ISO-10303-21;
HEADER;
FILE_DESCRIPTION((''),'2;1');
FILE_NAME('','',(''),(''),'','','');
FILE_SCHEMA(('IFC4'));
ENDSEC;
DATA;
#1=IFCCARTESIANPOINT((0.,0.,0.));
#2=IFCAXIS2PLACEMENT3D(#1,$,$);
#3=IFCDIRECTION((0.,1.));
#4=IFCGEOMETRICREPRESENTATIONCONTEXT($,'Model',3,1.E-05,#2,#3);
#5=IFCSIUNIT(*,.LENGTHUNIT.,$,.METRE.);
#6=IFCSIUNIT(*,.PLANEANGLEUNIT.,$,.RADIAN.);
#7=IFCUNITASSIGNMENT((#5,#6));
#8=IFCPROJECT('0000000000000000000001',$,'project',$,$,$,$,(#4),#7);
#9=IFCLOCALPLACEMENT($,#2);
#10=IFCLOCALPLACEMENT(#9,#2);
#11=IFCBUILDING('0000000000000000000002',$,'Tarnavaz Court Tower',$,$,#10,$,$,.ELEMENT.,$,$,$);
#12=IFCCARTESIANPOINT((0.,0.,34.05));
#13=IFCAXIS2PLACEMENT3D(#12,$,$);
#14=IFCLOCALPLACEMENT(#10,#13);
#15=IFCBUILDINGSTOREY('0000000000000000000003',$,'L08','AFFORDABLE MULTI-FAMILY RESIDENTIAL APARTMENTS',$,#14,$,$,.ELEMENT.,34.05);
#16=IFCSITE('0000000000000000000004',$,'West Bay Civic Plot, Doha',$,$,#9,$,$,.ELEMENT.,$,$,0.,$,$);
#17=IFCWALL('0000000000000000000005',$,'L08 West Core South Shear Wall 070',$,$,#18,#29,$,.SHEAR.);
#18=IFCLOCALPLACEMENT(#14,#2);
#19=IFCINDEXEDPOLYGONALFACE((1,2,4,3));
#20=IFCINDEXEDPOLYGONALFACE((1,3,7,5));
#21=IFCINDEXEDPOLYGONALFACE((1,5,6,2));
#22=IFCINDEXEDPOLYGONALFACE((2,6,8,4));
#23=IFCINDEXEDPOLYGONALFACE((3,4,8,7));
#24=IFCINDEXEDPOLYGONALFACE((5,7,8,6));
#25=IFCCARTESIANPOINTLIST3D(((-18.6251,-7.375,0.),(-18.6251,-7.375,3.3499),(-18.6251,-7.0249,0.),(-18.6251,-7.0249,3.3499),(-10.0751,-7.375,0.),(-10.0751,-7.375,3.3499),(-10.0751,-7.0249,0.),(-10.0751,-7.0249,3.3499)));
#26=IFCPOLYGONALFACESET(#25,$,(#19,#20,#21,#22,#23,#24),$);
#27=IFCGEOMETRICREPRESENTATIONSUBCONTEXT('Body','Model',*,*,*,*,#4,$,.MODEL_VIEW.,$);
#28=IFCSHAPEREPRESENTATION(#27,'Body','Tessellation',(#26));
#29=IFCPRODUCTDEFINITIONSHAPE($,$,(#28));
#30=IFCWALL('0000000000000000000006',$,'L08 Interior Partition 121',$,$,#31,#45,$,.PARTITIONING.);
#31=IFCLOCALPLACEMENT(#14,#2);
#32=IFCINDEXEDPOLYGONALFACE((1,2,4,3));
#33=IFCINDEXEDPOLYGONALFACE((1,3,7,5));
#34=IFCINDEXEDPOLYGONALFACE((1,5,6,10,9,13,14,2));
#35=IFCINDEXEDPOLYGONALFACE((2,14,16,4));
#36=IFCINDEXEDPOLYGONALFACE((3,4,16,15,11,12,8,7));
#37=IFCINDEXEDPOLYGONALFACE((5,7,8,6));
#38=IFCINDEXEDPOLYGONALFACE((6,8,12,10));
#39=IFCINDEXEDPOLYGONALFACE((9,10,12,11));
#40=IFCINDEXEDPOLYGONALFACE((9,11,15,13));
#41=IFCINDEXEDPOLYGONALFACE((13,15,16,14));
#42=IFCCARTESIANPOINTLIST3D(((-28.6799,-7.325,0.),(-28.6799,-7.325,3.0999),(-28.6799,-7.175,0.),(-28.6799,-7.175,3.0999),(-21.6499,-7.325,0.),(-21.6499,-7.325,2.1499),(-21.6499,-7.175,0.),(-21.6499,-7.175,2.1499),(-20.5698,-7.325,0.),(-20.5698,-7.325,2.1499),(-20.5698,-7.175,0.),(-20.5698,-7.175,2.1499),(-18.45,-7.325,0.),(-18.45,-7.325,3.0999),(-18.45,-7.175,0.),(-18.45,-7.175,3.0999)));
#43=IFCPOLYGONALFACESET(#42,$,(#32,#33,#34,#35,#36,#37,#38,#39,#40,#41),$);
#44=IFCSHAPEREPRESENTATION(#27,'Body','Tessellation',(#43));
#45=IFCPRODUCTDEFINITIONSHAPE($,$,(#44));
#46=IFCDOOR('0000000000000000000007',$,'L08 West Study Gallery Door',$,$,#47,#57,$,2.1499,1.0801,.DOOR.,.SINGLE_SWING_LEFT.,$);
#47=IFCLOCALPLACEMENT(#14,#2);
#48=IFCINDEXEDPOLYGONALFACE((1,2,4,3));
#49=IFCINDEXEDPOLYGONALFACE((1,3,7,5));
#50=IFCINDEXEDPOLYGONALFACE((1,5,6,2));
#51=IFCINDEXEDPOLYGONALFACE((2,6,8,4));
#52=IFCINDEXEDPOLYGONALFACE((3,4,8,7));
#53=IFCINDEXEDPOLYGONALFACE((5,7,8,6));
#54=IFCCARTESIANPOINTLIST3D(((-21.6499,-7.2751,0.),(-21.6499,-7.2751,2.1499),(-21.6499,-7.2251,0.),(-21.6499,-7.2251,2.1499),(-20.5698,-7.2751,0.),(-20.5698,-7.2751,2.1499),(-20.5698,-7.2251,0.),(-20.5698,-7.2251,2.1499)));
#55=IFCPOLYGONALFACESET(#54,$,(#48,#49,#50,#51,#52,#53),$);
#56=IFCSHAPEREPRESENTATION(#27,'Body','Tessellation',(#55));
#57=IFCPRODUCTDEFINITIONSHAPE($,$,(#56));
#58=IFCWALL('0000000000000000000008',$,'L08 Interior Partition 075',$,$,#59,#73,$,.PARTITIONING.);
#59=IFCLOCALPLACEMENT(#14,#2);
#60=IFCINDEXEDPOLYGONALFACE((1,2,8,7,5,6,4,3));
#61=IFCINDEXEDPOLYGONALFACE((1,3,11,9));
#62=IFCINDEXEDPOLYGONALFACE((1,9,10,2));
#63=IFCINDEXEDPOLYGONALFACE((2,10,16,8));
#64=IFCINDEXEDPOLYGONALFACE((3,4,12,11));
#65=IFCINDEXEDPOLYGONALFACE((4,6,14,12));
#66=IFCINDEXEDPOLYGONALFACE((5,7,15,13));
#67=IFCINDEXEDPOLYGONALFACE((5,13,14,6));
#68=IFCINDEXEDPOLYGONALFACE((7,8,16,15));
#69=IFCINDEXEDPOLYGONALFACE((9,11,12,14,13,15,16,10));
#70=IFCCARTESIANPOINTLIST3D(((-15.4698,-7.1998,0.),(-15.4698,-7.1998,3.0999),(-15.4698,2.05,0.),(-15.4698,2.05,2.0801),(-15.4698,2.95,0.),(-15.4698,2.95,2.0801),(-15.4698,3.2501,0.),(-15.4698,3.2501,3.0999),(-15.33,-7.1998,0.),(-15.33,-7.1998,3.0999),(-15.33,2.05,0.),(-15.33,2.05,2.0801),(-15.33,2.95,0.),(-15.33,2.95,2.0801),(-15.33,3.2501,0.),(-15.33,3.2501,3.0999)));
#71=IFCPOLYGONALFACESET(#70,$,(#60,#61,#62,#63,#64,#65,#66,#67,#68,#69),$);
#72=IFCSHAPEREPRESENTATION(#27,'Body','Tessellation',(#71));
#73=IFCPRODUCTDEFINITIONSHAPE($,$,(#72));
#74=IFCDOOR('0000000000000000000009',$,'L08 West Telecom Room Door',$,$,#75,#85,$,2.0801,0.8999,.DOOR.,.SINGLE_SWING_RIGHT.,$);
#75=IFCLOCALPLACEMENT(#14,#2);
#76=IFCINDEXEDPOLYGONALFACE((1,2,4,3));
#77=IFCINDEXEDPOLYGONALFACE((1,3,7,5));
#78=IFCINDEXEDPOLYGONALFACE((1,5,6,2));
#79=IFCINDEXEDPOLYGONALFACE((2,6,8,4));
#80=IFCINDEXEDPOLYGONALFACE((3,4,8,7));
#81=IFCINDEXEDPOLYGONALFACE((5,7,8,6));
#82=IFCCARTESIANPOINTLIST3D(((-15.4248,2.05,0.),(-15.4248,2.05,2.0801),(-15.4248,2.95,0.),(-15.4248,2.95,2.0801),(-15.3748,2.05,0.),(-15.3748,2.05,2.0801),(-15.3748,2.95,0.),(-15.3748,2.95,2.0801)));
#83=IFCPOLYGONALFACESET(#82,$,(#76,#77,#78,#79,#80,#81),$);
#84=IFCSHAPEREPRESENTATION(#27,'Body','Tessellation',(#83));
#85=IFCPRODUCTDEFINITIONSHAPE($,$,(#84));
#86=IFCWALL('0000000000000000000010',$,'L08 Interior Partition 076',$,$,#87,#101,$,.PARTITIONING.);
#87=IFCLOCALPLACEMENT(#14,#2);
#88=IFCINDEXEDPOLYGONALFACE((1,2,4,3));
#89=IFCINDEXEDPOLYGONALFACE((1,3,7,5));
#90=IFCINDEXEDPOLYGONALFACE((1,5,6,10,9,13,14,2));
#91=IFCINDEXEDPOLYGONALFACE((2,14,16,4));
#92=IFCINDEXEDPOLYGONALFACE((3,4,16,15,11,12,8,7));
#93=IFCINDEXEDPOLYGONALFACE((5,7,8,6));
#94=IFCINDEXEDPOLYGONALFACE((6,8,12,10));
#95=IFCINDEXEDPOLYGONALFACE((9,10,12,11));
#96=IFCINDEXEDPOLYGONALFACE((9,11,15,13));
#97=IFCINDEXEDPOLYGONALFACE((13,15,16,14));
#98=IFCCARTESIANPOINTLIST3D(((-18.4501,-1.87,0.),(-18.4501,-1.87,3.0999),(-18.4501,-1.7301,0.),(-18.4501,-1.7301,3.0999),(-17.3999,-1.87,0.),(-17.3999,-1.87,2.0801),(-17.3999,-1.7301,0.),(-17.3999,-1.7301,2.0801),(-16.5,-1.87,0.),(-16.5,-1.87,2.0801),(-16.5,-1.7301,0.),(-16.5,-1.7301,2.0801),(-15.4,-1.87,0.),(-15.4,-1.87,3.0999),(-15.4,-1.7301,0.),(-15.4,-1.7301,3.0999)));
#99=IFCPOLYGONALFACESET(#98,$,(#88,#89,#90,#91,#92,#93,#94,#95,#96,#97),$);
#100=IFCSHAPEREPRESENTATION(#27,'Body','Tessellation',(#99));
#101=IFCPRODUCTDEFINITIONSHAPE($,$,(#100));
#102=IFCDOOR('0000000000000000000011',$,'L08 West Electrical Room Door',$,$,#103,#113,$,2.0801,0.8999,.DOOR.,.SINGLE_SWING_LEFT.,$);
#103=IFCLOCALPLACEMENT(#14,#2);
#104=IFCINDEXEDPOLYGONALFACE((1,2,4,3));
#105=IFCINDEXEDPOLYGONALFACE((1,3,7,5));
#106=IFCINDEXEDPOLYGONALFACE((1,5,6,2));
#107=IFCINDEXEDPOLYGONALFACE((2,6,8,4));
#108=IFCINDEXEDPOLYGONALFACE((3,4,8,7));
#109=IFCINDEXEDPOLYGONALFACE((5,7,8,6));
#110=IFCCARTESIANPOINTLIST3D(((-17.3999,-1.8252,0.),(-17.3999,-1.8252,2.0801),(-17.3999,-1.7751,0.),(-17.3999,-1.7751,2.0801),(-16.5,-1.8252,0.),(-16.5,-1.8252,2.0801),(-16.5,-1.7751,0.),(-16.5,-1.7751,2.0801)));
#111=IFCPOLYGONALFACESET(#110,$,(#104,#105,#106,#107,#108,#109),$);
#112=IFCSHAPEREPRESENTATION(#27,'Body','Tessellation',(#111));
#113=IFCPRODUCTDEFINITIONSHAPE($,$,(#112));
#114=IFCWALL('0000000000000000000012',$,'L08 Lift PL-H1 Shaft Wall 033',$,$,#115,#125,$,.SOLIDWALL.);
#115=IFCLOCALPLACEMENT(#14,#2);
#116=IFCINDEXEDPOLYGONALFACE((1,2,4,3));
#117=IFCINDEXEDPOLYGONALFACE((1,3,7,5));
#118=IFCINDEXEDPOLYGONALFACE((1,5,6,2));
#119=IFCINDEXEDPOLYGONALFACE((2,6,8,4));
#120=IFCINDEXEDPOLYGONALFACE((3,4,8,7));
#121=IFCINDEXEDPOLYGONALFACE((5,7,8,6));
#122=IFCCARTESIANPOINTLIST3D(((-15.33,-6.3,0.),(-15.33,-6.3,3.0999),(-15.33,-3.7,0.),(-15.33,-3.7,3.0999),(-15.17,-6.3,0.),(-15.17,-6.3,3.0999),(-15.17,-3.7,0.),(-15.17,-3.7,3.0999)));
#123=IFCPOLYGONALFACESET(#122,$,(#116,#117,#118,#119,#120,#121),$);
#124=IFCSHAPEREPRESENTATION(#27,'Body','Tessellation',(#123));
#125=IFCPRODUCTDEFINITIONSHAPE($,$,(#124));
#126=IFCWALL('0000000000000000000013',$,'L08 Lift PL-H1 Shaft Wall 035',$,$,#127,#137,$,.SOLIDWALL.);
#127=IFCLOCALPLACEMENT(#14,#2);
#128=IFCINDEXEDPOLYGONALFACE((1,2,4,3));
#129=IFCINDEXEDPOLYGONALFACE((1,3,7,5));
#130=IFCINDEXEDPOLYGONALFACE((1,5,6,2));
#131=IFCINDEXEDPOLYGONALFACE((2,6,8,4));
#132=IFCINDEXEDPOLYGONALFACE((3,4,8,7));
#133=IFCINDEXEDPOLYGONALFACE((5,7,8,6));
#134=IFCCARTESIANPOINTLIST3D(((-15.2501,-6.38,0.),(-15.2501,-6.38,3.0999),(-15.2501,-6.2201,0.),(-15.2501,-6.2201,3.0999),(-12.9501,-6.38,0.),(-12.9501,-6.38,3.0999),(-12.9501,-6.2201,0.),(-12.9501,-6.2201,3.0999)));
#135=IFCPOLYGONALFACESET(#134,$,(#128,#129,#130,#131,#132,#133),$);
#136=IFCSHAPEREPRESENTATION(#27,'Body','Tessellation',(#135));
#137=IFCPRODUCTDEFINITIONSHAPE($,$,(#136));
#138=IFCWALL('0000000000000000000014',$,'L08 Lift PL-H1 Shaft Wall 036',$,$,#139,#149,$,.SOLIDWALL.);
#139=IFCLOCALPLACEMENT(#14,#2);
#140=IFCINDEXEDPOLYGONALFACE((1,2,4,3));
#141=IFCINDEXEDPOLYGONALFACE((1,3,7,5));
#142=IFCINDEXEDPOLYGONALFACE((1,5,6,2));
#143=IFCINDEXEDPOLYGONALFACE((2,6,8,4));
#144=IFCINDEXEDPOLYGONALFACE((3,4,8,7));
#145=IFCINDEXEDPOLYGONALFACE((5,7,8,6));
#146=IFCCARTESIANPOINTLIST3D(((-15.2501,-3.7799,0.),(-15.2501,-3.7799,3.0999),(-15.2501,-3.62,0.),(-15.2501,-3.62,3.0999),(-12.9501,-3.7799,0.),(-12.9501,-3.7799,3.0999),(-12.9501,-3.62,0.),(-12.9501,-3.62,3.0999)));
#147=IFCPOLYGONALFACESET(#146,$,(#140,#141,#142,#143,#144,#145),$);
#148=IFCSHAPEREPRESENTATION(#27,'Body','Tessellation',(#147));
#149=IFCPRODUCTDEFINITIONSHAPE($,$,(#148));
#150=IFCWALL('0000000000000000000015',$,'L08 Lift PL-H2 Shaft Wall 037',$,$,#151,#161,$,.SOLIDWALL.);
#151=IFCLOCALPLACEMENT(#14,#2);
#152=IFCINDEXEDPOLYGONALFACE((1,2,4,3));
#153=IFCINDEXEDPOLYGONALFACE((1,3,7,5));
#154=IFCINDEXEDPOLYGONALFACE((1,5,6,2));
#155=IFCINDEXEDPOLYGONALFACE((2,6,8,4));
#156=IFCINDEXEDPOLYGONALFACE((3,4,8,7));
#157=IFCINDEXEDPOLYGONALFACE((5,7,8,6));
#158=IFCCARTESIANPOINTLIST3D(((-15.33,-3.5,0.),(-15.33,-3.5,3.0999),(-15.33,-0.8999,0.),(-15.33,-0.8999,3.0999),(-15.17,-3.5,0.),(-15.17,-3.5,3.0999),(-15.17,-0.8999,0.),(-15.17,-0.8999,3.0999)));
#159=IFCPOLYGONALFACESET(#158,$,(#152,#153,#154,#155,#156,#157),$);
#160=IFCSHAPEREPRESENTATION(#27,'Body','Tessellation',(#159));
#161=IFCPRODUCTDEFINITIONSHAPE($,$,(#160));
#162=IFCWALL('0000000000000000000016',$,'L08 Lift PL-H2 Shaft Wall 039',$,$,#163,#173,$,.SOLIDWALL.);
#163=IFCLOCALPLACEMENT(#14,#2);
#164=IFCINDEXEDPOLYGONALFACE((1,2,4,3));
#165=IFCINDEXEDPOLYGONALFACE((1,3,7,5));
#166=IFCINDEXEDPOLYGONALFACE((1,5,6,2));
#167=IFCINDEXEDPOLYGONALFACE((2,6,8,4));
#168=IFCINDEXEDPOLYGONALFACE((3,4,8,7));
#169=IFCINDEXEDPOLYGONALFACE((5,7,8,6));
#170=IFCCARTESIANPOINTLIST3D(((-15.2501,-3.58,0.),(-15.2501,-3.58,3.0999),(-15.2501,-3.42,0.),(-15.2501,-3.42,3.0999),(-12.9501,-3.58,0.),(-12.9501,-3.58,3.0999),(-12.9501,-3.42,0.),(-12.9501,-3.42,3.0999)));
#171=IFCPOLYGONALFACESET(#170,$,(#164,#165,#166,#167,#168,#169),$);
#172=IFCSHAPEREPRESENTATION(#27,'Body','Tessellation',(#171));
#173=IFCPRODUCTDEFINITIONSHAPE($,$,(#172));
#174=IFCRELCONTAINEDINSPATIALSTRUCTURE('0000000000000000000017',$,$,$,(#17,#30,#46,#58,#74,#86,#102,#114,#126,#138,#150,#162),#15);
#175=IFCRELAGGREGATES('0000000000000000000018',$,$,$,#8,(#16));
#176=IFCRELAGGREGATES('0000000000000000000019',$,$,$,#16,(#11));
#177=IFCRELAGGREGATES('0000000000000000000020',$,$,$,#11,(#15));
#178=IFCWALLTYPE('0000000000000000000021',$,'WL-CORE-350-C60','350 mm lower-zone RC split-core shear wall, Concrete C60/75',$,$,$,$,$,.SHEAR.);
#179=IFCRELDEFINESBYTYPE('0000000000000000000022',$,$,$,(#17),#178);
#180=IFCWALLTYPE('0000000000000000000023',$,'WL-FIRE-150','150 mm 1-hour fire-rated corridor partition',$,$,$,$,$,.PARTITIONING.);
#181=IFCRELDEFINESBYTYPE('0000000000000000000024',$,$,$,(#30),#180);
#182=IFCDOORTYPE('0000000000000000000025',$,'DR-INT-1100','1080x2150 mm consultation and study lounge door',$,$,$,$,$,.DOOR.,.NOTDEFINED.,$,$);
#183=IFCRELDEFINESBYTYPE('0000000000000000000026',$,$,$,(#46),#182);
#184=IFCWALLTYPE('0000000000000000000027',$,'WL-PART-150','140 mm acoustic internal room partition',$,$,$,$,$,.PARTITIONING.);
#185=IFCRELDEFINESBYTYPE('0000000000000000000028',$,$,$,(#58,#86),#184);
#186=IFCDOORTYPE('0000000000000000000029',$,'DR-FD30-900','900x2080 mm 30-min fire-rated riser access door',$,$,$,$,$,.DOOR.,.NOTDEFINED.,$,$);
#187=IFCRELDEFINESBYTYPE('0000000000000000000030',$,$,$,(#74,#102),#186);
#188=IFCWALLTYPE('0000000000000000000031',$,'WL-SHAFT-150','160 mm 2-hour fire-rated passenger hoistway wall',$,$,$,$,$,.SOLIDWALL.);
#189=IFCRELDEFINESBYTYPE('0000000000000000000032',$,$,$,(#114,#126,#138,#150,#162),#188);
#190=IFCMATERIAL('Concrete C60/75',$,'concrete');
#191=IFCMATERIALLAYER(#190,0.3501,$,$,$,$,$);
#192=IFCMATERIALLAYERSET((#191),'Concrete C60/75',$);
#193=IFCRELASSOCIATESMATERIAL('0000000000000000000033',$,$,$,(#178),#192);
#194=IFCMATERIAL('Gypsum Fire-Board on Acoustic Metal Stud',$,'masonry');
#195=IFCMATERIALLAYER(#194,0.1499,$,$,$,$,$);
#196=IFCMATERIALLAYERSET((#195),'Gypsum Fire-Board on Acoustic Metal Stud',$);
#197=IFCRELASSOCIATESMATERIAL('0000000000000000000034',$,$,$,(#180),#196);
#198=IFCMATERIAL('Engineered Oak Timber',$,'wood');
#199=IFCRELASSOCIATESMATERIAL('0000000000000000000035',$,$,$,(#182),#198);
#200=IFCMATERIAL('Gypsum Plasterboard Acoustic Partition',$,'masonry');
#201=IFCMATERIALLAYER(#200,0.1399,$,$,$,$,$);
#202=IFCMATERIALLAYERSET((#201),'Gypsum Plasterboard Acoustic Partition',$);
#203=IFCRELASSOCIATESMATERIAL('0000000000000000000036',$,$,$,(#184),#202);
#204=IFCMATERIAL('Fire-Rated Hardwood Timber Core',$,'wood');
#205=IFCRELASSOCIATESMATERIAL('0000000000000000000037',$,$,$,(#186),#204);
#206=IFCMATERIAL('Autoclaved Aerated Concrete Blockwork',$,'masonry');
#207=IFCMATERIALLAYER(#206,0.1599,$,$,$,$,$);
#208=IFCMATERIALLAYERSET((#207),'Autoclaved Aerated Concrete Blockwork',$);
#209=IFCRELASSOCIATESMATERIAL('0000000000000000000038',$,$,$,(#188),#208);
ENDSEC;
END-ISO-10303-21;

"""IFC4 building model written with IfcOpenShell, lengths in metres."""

from ifc_helpers import new_model, si_unit, direction, frame, frame_2d, origin, place, context, subcontext, project, spatial, rectangle, extrude, material, layer, layer_set, type_object, element, fill, save


model = new_model("IFC4")

# Units and contexts
model_context = context("Model", 3, precision=1e-05, world=origin(), true_north=direction((0.0, 1.0)))
body_context = subcontext(model_context, "Body", "Model", "MODEL_VIEW")
ifc_project = project(units=[si_unit("LENGTHUNIT", "METRE"), si_unit("PLANEANGLEUNIT", "RADIAN")], contexts=[model_context])

# Site, building, storey
site_placement = place(None, origin())
site = spatial("IfcSite", under=ifc_project, at=site_placement, Name="West Bay Civic Plot, Doha", CompositionType="ELEMENT", RefElevation=0.0)
building_placement = place(site_placement, origin())
building = spatial("IfcBuilding", under=site, at=building_placement, Name="Tarnavaz Court Tower", CompositionType="ELEMENT")
storey_placement = place(building_placement, frame((0.0, 0.0, 34.05)))
storey = spatial("IfcBuildingStorey", under=building, at=storey_placement, Name="L08", Description="AFFORDABLE MULTI-FAMILY RESIDENTIAL APARTMENTS", CompositionType="ELEMENT", Elevation=34.05)

# Shared definitions
ifc_material_1 = material(Name="Concrete C60/75", Category="concrete")

# Wall
ifc_layer_1 = layer(ifc_material_1, 0.3501)
ifc_layer_set_1 = layer_set([ifc_layer_1], Name="Concrete C60/75")
wall_type_1 = type_object("IfcWallType", Name="WL-CORE-350-C60", Description="350 mm lower-zone RC split-core shear wall, Concrete C60/75", PredefinedType="SHEAR", material=ifc_layer_set_1)
wall_1_placement = place(storey_placement, frame((-18.625, -7.2, 0.0), z_axis=(0.0, 0.0, 1.0), x_axis=(1.0, 0.0, 0.0)))
element("IfcWall", 1, at=wall_1_placement, inside=storey, type_object=wall_type_1, Name="L08 West Core South Shear Wall 070", PredefinedType="SHEAR", context=body_context, shape_type="SweptSolid", body=[
    extrude(rectangle(XDim=8.55, YDim=0.3501, at=frame_2d((4.2749, 0.0))), origin(), (0.0, 0.0, 1.0), 3.3499),
])

# Walls, openings, doors
ifc_material_2 = material(Name="Gypsum Fire-Board on Acoustic Metal Stud", Category="masonry")
ifc_layer_2 = layer(ifc_material_2, 0.1499)
ifc_layer_set_2 = layer_set([ifc_layer_2], Name="Gypsum Fire-Board on Acoustic Metal Stud")
wall_type_2 = type_object("IfcWallType", Name="WL-FIRE-150", Description="150 mm 1-hour fire-rated corridor partition", PredefinedType="PARTITIONING", material=ifc_layer_set_2)
wall_2_placement = place(storey_placement, frame((-28.6799, -7.25, 0.0), z_axis=(0.0, 0.0, 1.0), x_axis=(1.0, 0.0, 0.0)))
wall_2 = element("IfcWall", 2, at=wall_2_placement, inside=storey, type_object=wall_type_2, Name="L08 Interior Partition 121", PredefinedType="PARTITIONING", context=body_context, shape_type="SweptSolid", body=[
    extrude(rectangle(XDim=10.23, YDim=0.1499, at=frame_2d((5.115, 0.0))), origin(), (0.0, 0.0, 1.0), 3.0999),
])
opening_1_placement = place(wall_2_placement, frame((7.03, 0.0, 0.0)))
opening_1 = element("IfcOpeningElement", 3, at=opening_1_placement, cuts=wall_2, PredefinedType="OPENING", context=body_context, shape_type="SweptSolid", body=[
    extrude(rectangle(XDim=1.0801, YDim=2.1499, at=frame_2d((0.54, 1.075))), frame((0.0, 0.085, 0.0), z_axis=(0.0, -1.0, 0.0), x_axis=(1.0, 0.0, 0.0)), (0.0, 0.0, 1.0), 0.1699),
])
ifc_material_3 = material(Name="Engineered Oak Timber", Category="wood")
door_type_1 = type_object("IfcDoorType", Name="DR-INT-1100", Description="1080x2150 mm consultation and study lounge door", OperationType="NOTDEFINED", PredefinedType="DOOR", material=ifc_material_3)
door_1_placement = place(opening_1_placement, origin())
door_1 = element("IfcDoor", 4, at=door_1_placement, inside=storey, type_object=door_type_1, Name="L08 West Study Gallery Door", OperationType="SINGLE_SWING_LEFT", OverallHeight=2.1499, OverallWidth=1.0801, PredefinedType="DOOR", context=body_context, shape_type="SweptSolid", body=[
    extrude(rectangle(XDim=1.0801, YDim=2.1499, at=frame_2d((0.54, 1.075))), frame((0.0, 0.0249, 0.0), z_axis=(0.0, -1.0, 0.0), x_axis=(1.0, 0.0, 0.0)), (0.0, 0.0, 1.0), 0.05),
])
fill(opening_1, door_1)
ifc_material_4 = material(Name="Gypsum Plasterboard Acoustic Partition", Category="masonry")
ifc_layer_3 = layer(ifc_material_4, 0.1399)
ifc_layer_set_3 = layer_set([ifc_layer_3], Name="Gypsum Plasterboard Acoustic Partition")
wall_type_3 = type_object("IfcWallType", Name="WL-PART-150", Description="140 mm acoustic internal room partition", PredefinedType="PARTITIONING", material=ifc_layer_set_3)
wall_3_placement = place(storey_placement, frame((-15.3999, -7.2, 0.0), z_axis=(0.0, 0.0, 1.0), x_axis=(0.0, 1.0, 0.0)))
wall_3 = element("IfcWall", 5, at=wall_3_placement, inside=storey, type_object=wall_type_3, Name="L08 Interior Partition 075", PredefinedType="PARTITIONING", context=body_context, shape_type="SweptSolid", body=[
    extrude(rectangle(XDim=10.45, YDim=0.1399, at=frame_2d((5.2251, 0.0))), origin(), (0.0, 0.0, 1.0), 3.0999),
])
opening_2_placement = place(wall_3_placement, frame((9.25, 0.0, 0.0)))
opening_2 = element("IfcOpeningElement", 6, at=opening_2_placement, cuts=wall_3, PredefinedType="OPENING", context=body_context, shape_type="SweptSolid", body=[
    extrude(rectangle(XDim=0.8999, YDim=2.0801, at=frame_2d((0.45, 1.04))), frame((0.0, 0.0798, 0.0), z_axis=(0.0, -1.0, 0.0), x_axis=(1.0, 0.0, 0.0)), (0.0, 0.0, 1.0), 0.1599),
])
ifc_material_5 = material(Name="Fire-Rated Hardwood Timber Core", Category="wood")
door_type_2 = type_object("IfcDoorType", Name="DR-FD30-900", Description="900x2080 mm 30-min fire-rated riser access door", OperationType="NOTDEFINED", PredefinedType="DOOR", material=ifc_material_5)
door_2_placement = place(opening_2_placement, origin())
door_2 = element("IfcDoor", 7, at=door_2_placement, inside=storey, type_object=door_type_2, Name="L08 West Telecom Room Door", OperationType="SINGLE_SWING_RIGHT", OverallHeight=2.0801, OverallWidth=0.8999, PredefinedType="DOOR", context=body_context, shape_type="SweptSolid", body=[
    extrude(rectangle(XDim=0.8999, YDim=2.0801, at=frame_2d((0.45, 1.04))), frame((0.0, 0.0249, 0.0), z_axis=(0.0, -1.0, 0.0), x_axis=(1.0, 0.0, 0.0)), (0.0, 0.0, 1.0), 0.05),
])
fill(opening_2, door_2)
wall_4_placement = place(storey_placement, frame((-18.45, -1.8, 0.0), z_axis=(0.0, 0.0, 1.0), x_axis=(1.0, 0.0, 0.0)))
wall_4 = element("IfcWall", 8, at=wall_4_placement, inside=storey, type_object=wall_type_3, Name="L08 Interior Partition 076", PredefinedType="PARTITIONING", context=body_context, shape_type="SweptSolid", body=[
    extrude(rectangle(XDim=3.05, YDim=0.1399, at=frame_2d((1.5249, 0.0))), origin(), (0.0, 0.0, 1.0), 3.0999),
])
opening_3_placement = place(wall_4_placement, frame((1.05, 0.0, 0.0)))
opening_3 = element("IfcOpeningElement", 9, at=opening_3_placement, cuts=wall_4, PredefinedType="OPENING", context=body_context, shape_type="SweptSolid", body=[
    extrude(rectangle(XDim=0.8999, YDim=2.0801, at=frame_2d((0.45, 1.04))), frame((0.0, 0.0798, 0.0), z_axis=(0.0, -1.0, 0.0), x_axis=(1.0, 0.0, 0.0)), (0.0, 0.0, 1.0), 0.1599),
])
door_3_placement = place(opening_3_placement, origin())
door_3 = element("IfcDoor", 10, at=door_3_placement, inside=storey, type_object=door_type_2, Name="L08 West Electrical Room Door", OperationType="SINGLE_SWING_LEFT", OverallHeight=2.0801, OverallWidth=0.8999, PredefinedType="DOOR", context=body_context, shape_type="SweptSolid", body=[
    extrude(rectangle(XDim=0.8999, YDim=2.0801, at=frame_2d((0.45, 1.04))), frame((0.0, 0.0249, 0.0), z_axis=(0.0, -1.0, 0.0), x_axis=(1.0, 0.0, 0.0)), (0.0, 0.0, 1.0), 0.05),
])
fill(opening_3, door_3)

# Walls
ifc_material_6 = material(Name="Autoclaved Aerated Concrete Blockwork", Category="masonry")
ifc_layer_4 = layer(ifc_material_6, 0.1599)
ifc_layer_set_4 = layer_set([ifc_layer_4], Name="Autoclaved Aerated Concrete Blockwork")
wall_type_4 = type_object("IfcWallType", Name="WL-SHAFT-150", Description="160 mm 2-hour fire-rated passenger hoistway wall", PredefinedType="SOLIDWALL", material=ifc_layer_set_4)
wall_5_placement = place(storey_placement, frame((-15.25, -6.3, 0.0), z_axis=(0.0, 0.0, 1.0), x_axis=(0.0, 1.0, 0.0)))
element("IfcWall", 11, at=wall_5_placement, inside=storey, type_object=wall_type_4, Name="L08 Lift PL-H1 Shaft Wall 033", PredefinedType="SOLIDWALL", context=body_context, shape_type="SweptSolid", body=[
    extrude(rectangle(XDim=2.6001, YDim=0.1599, at=frame_2d((1.3, 0.0))), origin(), (0.0, 0.0, 1.0), 3.0999),
])
for number, where, z_axis, x_axis, name in (
    (12, (-15.25, -6.3, 0.0), (0.0, 0.0, 1.0), (1.0, 0.0, 0.0), "L08 Lift PL-H1 Shaft Wall 035"),
    (13, (-15.25, -3.7, 0.0), (0.0, 0.0, 1.0), (1.0, 0.0, 0.0), "L08 Lift PL-H1 Shaft Wall 036"),
):
    element("IfcWall", number, at=place(storey_placement, frame(where, z_axis=z_axis, x_axis=x_axis)), inside=storey, type_object=wall_type_4, Name=name, PredefinedType="SOLIDWALL", context=body_context, shape_type="SweptSolid", body=[
        extrude(rectangle(XDim=2.3, YDim=0.1599, at=frame_2d((1.1499, 0.0))), origin(), (0.0, 0.0, 1.0), 3.0999),
    ])
wall_6_placement = place(storey_placement, frame((-15.25, -3.5, 0.0), z_axis=(0.0, 0.0, 1.0), x_axis=(0.0, 1.0, 0.0)))
element("IfcWall", 14, at=wall_6_placement, inside=storey, type_object=wall_type_4, Name="L08 Lift PL-H2 Shaft Wall 037", PredefinedType="SOLIDWALL", context=body_context, shape_type="SweptSolid", body=[
    extrude(rectangle(XDim=2.6001, YDim=0.1599, at=frame_2d((1.3, 0.0))), origin(), (0.0, 0.0, 1.0), 3.0999),
])
for number, where, z_axis, x_axis, name in (
    (15, (-15.25, -3.5, 0.0), (0.0, 0.0, 1.0), (1.0, 0.0, 0.0), "L08 Lift PL-H2 Shaft Wall 039"),
):
    element("IfcWall", number, at=place(storey_placement, frame(where, z_axis=z_axis, x_axis=x_axis)), inside=storey, type_object=wall_type_4, Name=name, PredefinedType="SOLIDWALL", context=body_context, shape_type="SweptSolid", body=[
        extrude(rectangle(XDim=2.3, YDim=0.1599, at=frame_2d((1.1499, 0.0))), origin(), (0.0, 0.0, 1.0), 3.0999),
    ])

save(model, "model.ifc")
